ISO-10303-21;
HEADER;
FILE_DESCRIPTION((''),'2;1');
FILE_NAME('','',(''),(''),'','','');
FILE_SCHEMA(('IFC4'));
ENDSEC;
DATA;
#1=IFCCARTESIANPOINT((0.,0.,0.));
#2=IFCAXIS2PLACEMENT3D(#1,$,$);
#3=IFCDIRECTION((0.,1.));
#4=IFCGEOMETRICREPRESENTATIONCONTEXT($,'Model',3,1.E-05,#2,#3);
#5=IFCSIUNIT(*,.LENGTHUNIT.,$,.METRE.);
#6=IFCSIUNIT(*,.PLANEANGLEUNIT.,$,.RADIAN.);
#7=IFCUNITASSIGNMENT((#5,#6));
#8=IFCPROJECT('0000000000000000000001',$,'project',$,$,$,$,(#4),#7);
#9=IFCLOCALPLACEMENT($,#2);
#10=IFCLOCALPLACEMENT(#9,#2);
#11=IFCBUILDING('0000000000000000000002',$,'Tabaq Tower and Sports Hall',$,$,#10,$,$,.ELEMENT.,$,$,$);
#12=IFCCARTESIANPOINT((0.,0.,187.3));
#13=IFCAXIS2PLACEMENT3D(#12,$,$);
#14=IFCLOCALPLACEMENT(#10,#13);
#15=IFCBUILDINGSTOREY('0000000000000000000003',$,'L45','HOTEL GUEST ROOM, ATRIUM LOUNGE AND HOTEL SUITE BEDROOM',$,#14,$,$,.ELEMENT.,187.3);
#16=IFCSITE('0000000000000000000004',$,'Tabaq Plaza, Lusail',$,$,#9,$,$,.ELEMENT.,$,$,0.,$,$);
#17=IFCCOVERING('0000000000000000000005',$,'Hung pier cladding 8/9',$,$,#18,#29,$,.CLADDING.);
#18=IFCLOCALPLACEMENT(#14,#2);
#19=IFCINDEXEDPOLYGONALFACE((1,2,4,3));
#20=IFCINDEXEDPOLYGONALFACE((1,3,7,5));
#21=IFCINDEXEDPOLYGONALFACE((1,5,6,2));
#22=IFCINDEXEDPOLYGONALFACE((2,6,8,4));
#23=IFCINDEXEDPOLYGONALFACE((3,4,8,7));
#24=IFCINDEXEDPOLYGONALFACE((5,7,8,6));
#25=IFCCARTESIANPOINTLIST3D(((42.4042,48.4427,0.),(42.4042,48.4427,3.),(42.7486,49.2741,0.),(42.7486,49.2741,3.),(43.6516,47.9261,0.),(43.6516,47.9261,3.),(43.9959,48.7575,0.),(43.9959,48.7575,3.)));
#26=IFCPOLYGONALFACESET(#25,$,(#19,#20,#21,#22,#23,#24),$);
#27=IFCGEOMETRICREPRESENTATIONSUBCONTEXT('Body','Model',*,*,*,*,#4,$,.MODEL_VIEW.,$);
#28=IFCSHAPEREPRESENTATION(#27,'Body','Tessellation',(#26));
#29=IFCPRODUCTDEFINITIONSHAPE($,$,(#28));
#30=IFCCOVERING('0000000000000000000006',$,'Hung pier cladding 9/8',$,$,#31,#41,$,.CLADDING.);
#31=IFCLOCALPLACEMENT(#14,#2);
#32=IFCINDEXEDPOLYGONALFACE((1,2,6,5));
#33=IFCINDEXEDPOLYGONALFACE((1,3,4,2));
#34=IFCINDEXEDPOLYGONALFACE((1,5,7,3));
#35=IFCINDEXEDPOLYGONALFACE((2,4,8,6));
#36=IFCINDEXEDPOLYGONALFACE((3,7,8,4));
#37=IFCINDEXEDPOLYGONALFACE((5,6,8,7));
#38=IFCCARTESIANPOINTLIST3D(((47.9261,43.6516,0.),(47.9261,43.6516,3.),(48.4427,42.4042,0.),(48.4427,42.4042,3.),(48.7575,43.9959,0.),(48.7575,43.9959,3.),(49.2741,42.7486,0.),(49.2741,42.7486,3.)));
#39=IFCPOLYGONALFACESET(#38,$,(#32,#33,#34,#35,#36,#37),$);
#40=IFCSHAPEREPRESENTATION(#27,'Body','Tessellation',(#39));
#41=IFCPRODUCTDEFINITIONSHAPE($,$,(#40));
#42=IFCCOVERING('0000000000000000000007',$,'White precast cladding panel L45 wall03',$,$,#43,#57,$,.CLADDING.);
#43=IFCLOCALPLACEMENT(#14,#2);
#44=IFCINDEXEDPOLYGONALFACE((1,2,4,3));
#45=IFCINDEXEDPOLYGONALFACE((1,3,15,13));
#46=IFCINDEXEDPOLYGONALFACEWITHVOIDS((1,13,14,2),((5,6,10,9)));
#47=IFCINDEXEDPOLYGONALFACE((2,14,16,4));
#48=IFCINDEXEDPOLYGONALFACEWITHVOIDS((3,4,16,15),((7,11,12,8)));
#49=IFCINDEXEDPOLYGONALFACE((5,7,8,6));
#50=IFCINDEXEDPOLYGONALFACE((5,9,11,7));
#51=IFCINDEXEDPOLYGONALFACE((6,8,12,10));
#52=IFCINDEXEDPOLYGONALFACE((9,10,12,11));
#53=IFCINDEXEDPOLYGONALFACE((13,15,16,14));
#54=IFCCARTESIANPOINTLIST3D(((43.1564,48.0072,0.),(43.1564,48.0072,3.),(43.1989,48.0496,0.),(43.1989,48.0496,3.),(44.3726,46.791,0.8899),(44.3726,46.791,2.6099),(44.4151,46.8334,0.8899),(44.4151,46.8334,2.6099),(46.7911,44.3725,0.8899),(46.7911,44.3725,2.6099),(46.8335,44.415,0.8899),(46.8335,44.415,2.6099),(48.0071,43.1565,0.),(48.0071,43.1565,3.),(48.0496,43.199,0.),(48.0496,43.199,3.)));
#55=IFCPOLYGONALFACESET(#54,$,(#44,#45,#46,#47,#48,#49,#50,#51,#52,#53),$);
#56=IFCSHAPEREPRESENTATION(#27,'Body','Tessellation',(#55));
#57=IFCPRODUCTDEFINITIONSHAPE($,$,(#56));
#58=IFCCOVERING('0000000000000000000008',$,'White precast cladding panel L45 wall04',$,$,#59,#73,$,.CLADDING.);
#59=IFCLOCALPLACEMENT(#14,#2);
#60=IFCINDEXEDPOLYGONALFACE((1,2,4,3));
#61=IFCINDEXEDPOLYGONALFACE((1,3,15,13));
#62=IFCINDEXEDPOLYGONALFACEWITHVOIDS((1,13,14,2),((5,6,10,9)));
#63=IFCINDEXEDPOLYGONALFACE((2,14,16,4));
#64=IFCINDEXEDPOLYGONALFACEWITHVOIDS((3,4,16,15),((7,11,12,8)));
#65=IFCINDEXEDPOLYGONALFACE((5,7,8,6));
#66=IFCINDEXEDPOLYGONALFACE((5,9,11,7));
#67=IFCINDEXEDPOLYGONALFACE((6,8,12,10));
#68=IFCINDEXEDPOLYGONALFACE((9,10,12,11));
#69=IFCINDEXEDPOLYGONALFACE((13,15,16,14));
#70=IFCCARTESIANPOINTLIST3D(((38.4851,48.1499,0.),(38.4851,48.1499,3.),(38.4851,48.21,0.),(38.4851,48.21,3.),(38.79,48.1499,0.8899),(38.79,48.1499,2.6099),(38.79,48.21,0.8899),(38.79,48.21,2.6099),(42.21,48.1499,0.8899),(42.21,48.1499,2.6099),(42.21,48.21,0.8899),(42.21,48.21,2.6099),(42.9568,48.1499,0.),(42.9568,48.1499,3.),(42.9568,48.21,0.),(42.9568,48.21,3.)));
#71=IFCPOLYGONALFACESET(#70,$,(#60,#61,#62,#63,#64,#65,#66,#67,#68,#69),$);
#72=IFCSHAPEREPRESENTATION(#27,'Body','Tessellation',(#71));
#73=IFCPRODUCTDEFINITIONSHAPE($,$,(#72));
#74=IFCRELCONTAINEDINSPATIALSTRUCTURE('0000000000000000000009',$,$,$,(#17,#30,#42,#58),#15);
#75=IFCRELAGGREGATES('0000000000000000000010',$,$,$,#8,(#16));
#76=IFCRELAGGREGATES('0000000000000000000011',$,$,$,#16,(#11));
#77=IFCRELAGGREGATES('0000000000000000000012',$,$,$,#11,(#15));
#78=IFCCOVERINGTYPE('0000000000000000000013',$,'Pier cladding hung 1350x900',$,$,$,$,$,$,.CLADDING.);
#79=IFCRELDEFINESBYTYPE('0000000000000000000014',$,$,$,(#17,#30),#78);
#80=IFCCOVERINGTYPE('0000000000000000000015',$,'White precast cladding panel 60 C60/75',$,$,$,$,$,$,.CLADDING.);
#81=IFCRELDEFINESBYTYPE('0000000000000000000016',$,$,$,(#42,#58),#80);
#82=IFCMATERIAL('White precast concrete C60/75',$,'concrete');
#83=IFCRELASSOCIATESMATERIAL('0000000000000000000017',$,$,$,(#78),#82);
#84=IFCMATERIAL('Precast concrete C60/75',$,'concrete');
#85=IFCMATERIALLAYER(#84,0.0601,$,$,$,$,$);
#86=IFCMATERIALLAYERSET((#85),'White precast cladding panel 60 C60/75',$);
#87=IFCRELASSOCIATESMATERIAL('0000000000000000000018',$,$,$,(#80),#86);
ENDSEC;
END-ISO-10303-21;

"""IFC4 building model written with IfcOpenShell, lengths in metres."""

from ifc_helpers import new_model, si_unit, direction, frame, frame_2d, origin, place, context, subcontext, project, spatial, polyline, rectangle, outline, extrude, material, layer, layer_set, type_object, element, save


model = new_model("IFC4")

# Units and contexts
model_context = context("Model", 3, precision=1e-05, world=origin(), true_north=direction((0.0, 1.0)))
body_context = subcontext(model_context, "Body", "Model", "MODEL_VIEW")
ifc_project = project(units=[si_unit("LENGTHUNIT", "METRE"), si_unit("PLANEANGLEUNIT", "RADIAN")], contexts=[model_context])

# Site, building, storey
site_placement = place(None, origin())
site = spatial("IfcSite", under=ifc_project, at=site_placement, Name="Tabaq Plaza, Lusail", CompositionType="ELEMENT", RefElevation=0.0)
building_placement = place(site_placement, origin())
building = spatial("IfcBuilding", under=site, at=building_placement, Name="Tabaq Tower and Sports Hall", CompositionType="ELEMENT")
storey_placement = place(building_placement, frame((0.0, 0.0, 187.3)))
storey = spatial("IfcBuildingStorey", under=building, at=storey_placement, Name="L45", Description="HOTEL GUEST ROOM, ATRIUM LOUNGE AND HOTEL SUITE BEDROOM", CompositionType="ELEMENT", Elevation=187.3)

# Coverings
ifc_material_1 = material(Name="White precast concrete C60/75", Category="concrete")
covering_type_1 = type_object("IfcCoveringType", Name="Pier cladding hung 1350x900", PredefinedType="CLADDING", material=ifc_material_1)
for number, where, z_axis, x_axis, name in (
    (1, (43.8237, 48.3418, 0.0), (0.0, 0.0, 1.0), (-0.923893, 0.38265, 0.0), "Hung pier cladding 8/9"),
    (2, (48.8584, 42.5764, 0.0), (0.0, 0.0, 1.0), (-0.38265, 0.923893, 0.0), "Hung pier cladding 9/8"),
):
    element("IfcCovering", number, at=place(storey_placement, frame(where, z_axis=z_axis, x_axis=x_axis)), inside=storey, type_object=covering_type_1, Name=name, PredefinedType="CLADDING", context=body_context, shape_type="SweptSolid", body=[
        extrude(rectangle(XDim=1.3501, YDim=0.8999, at=frame_2d((0.675, 0.0))), origin(), (0.0, 0.0, 1.0), 3.0),
    ])
ifc_material_2 = material(Name="Precast concrete C60/75", Category="concrete")
ifc_layer_1 = layer(ifc_material_2, 0.0601)
ifc_layer_set_1 = layer_set([ifc_layer_1], Name="White precast cladding panel 60 C60/75")
covering_type_2 = type_object("IfcCoveringType", Name="White precast cladding panel 60 C60/75", PredefinedType="CLADDING", material=ifc_layer_set_1)
covering_1_placement = place(storey_placement, frame((48.0283, 43.1777, 0.0), z_axis=(0.0, 0.0, 1.0), x_axis=(-0.707107, 0.707107, 0.0)))
element("IfcCovering", 3, at=covering_1_placement, inside=storey, type_object=covering_type_2, Name="White precast cladding panel L45 wall03", PredefinedType="CLADDING", context=body_context, shape_type="SweptSolid", body=[
    extrude(outline(polyline([(0.0, 0.0), (6.8599, 0.0), (6.8599, 3.0), (0.0, 3.0), (0.0, 0.0)]), holes=[polyline([(1.7197, 0.8899), (1.7197, 2.6099), (5.1399, 2.6099), (5.1399, 0.8899), (1.7197, 0.8899)])]), frame((0.0, 0.03, 0.0), z_axis=(0.0, -1.0, 0.0), x_axis=(1.0, 0.0, 0.0)), (0.0, 0.0, 1.0), 0.0601),
])
covering_2_placement = place(storey_placement, frame((42.9568, 48.1799, 0.0), z_axis=(0.0, 0.0, 1.0), x_axis=(-1.0, 0.0, 0.0)))
element("IfcCovering", 4, at=covering_2_placement, inside=storey, type_object=covering_type_2, Name="White precast cladding panel L45 wall04", PredefinedType="CLADDING", context=body_context, shape_type="SweptSolid", body=[
    extrude(outline(polyline([(0.0, 0.0), (4.4717, 0.0), (4.4717, 3.0), (0.0, 3.0), (0.0, 0.0)]), holes=[polyline([(0.7468, 0.8899), (0.7468, 2.6099), (4.1667, 2.6099), (4.1667, 0.8899), (0.7468, 0.8899)])]), frame((0.0, 0.03, 0.0), z_axis=(0.0, -1.0, 0.0), x_axis=(1.0, 0.0, 0.0)), (0.0, 0.0, 1.0), 0.0601),
])

save(model, "model.ifc")
